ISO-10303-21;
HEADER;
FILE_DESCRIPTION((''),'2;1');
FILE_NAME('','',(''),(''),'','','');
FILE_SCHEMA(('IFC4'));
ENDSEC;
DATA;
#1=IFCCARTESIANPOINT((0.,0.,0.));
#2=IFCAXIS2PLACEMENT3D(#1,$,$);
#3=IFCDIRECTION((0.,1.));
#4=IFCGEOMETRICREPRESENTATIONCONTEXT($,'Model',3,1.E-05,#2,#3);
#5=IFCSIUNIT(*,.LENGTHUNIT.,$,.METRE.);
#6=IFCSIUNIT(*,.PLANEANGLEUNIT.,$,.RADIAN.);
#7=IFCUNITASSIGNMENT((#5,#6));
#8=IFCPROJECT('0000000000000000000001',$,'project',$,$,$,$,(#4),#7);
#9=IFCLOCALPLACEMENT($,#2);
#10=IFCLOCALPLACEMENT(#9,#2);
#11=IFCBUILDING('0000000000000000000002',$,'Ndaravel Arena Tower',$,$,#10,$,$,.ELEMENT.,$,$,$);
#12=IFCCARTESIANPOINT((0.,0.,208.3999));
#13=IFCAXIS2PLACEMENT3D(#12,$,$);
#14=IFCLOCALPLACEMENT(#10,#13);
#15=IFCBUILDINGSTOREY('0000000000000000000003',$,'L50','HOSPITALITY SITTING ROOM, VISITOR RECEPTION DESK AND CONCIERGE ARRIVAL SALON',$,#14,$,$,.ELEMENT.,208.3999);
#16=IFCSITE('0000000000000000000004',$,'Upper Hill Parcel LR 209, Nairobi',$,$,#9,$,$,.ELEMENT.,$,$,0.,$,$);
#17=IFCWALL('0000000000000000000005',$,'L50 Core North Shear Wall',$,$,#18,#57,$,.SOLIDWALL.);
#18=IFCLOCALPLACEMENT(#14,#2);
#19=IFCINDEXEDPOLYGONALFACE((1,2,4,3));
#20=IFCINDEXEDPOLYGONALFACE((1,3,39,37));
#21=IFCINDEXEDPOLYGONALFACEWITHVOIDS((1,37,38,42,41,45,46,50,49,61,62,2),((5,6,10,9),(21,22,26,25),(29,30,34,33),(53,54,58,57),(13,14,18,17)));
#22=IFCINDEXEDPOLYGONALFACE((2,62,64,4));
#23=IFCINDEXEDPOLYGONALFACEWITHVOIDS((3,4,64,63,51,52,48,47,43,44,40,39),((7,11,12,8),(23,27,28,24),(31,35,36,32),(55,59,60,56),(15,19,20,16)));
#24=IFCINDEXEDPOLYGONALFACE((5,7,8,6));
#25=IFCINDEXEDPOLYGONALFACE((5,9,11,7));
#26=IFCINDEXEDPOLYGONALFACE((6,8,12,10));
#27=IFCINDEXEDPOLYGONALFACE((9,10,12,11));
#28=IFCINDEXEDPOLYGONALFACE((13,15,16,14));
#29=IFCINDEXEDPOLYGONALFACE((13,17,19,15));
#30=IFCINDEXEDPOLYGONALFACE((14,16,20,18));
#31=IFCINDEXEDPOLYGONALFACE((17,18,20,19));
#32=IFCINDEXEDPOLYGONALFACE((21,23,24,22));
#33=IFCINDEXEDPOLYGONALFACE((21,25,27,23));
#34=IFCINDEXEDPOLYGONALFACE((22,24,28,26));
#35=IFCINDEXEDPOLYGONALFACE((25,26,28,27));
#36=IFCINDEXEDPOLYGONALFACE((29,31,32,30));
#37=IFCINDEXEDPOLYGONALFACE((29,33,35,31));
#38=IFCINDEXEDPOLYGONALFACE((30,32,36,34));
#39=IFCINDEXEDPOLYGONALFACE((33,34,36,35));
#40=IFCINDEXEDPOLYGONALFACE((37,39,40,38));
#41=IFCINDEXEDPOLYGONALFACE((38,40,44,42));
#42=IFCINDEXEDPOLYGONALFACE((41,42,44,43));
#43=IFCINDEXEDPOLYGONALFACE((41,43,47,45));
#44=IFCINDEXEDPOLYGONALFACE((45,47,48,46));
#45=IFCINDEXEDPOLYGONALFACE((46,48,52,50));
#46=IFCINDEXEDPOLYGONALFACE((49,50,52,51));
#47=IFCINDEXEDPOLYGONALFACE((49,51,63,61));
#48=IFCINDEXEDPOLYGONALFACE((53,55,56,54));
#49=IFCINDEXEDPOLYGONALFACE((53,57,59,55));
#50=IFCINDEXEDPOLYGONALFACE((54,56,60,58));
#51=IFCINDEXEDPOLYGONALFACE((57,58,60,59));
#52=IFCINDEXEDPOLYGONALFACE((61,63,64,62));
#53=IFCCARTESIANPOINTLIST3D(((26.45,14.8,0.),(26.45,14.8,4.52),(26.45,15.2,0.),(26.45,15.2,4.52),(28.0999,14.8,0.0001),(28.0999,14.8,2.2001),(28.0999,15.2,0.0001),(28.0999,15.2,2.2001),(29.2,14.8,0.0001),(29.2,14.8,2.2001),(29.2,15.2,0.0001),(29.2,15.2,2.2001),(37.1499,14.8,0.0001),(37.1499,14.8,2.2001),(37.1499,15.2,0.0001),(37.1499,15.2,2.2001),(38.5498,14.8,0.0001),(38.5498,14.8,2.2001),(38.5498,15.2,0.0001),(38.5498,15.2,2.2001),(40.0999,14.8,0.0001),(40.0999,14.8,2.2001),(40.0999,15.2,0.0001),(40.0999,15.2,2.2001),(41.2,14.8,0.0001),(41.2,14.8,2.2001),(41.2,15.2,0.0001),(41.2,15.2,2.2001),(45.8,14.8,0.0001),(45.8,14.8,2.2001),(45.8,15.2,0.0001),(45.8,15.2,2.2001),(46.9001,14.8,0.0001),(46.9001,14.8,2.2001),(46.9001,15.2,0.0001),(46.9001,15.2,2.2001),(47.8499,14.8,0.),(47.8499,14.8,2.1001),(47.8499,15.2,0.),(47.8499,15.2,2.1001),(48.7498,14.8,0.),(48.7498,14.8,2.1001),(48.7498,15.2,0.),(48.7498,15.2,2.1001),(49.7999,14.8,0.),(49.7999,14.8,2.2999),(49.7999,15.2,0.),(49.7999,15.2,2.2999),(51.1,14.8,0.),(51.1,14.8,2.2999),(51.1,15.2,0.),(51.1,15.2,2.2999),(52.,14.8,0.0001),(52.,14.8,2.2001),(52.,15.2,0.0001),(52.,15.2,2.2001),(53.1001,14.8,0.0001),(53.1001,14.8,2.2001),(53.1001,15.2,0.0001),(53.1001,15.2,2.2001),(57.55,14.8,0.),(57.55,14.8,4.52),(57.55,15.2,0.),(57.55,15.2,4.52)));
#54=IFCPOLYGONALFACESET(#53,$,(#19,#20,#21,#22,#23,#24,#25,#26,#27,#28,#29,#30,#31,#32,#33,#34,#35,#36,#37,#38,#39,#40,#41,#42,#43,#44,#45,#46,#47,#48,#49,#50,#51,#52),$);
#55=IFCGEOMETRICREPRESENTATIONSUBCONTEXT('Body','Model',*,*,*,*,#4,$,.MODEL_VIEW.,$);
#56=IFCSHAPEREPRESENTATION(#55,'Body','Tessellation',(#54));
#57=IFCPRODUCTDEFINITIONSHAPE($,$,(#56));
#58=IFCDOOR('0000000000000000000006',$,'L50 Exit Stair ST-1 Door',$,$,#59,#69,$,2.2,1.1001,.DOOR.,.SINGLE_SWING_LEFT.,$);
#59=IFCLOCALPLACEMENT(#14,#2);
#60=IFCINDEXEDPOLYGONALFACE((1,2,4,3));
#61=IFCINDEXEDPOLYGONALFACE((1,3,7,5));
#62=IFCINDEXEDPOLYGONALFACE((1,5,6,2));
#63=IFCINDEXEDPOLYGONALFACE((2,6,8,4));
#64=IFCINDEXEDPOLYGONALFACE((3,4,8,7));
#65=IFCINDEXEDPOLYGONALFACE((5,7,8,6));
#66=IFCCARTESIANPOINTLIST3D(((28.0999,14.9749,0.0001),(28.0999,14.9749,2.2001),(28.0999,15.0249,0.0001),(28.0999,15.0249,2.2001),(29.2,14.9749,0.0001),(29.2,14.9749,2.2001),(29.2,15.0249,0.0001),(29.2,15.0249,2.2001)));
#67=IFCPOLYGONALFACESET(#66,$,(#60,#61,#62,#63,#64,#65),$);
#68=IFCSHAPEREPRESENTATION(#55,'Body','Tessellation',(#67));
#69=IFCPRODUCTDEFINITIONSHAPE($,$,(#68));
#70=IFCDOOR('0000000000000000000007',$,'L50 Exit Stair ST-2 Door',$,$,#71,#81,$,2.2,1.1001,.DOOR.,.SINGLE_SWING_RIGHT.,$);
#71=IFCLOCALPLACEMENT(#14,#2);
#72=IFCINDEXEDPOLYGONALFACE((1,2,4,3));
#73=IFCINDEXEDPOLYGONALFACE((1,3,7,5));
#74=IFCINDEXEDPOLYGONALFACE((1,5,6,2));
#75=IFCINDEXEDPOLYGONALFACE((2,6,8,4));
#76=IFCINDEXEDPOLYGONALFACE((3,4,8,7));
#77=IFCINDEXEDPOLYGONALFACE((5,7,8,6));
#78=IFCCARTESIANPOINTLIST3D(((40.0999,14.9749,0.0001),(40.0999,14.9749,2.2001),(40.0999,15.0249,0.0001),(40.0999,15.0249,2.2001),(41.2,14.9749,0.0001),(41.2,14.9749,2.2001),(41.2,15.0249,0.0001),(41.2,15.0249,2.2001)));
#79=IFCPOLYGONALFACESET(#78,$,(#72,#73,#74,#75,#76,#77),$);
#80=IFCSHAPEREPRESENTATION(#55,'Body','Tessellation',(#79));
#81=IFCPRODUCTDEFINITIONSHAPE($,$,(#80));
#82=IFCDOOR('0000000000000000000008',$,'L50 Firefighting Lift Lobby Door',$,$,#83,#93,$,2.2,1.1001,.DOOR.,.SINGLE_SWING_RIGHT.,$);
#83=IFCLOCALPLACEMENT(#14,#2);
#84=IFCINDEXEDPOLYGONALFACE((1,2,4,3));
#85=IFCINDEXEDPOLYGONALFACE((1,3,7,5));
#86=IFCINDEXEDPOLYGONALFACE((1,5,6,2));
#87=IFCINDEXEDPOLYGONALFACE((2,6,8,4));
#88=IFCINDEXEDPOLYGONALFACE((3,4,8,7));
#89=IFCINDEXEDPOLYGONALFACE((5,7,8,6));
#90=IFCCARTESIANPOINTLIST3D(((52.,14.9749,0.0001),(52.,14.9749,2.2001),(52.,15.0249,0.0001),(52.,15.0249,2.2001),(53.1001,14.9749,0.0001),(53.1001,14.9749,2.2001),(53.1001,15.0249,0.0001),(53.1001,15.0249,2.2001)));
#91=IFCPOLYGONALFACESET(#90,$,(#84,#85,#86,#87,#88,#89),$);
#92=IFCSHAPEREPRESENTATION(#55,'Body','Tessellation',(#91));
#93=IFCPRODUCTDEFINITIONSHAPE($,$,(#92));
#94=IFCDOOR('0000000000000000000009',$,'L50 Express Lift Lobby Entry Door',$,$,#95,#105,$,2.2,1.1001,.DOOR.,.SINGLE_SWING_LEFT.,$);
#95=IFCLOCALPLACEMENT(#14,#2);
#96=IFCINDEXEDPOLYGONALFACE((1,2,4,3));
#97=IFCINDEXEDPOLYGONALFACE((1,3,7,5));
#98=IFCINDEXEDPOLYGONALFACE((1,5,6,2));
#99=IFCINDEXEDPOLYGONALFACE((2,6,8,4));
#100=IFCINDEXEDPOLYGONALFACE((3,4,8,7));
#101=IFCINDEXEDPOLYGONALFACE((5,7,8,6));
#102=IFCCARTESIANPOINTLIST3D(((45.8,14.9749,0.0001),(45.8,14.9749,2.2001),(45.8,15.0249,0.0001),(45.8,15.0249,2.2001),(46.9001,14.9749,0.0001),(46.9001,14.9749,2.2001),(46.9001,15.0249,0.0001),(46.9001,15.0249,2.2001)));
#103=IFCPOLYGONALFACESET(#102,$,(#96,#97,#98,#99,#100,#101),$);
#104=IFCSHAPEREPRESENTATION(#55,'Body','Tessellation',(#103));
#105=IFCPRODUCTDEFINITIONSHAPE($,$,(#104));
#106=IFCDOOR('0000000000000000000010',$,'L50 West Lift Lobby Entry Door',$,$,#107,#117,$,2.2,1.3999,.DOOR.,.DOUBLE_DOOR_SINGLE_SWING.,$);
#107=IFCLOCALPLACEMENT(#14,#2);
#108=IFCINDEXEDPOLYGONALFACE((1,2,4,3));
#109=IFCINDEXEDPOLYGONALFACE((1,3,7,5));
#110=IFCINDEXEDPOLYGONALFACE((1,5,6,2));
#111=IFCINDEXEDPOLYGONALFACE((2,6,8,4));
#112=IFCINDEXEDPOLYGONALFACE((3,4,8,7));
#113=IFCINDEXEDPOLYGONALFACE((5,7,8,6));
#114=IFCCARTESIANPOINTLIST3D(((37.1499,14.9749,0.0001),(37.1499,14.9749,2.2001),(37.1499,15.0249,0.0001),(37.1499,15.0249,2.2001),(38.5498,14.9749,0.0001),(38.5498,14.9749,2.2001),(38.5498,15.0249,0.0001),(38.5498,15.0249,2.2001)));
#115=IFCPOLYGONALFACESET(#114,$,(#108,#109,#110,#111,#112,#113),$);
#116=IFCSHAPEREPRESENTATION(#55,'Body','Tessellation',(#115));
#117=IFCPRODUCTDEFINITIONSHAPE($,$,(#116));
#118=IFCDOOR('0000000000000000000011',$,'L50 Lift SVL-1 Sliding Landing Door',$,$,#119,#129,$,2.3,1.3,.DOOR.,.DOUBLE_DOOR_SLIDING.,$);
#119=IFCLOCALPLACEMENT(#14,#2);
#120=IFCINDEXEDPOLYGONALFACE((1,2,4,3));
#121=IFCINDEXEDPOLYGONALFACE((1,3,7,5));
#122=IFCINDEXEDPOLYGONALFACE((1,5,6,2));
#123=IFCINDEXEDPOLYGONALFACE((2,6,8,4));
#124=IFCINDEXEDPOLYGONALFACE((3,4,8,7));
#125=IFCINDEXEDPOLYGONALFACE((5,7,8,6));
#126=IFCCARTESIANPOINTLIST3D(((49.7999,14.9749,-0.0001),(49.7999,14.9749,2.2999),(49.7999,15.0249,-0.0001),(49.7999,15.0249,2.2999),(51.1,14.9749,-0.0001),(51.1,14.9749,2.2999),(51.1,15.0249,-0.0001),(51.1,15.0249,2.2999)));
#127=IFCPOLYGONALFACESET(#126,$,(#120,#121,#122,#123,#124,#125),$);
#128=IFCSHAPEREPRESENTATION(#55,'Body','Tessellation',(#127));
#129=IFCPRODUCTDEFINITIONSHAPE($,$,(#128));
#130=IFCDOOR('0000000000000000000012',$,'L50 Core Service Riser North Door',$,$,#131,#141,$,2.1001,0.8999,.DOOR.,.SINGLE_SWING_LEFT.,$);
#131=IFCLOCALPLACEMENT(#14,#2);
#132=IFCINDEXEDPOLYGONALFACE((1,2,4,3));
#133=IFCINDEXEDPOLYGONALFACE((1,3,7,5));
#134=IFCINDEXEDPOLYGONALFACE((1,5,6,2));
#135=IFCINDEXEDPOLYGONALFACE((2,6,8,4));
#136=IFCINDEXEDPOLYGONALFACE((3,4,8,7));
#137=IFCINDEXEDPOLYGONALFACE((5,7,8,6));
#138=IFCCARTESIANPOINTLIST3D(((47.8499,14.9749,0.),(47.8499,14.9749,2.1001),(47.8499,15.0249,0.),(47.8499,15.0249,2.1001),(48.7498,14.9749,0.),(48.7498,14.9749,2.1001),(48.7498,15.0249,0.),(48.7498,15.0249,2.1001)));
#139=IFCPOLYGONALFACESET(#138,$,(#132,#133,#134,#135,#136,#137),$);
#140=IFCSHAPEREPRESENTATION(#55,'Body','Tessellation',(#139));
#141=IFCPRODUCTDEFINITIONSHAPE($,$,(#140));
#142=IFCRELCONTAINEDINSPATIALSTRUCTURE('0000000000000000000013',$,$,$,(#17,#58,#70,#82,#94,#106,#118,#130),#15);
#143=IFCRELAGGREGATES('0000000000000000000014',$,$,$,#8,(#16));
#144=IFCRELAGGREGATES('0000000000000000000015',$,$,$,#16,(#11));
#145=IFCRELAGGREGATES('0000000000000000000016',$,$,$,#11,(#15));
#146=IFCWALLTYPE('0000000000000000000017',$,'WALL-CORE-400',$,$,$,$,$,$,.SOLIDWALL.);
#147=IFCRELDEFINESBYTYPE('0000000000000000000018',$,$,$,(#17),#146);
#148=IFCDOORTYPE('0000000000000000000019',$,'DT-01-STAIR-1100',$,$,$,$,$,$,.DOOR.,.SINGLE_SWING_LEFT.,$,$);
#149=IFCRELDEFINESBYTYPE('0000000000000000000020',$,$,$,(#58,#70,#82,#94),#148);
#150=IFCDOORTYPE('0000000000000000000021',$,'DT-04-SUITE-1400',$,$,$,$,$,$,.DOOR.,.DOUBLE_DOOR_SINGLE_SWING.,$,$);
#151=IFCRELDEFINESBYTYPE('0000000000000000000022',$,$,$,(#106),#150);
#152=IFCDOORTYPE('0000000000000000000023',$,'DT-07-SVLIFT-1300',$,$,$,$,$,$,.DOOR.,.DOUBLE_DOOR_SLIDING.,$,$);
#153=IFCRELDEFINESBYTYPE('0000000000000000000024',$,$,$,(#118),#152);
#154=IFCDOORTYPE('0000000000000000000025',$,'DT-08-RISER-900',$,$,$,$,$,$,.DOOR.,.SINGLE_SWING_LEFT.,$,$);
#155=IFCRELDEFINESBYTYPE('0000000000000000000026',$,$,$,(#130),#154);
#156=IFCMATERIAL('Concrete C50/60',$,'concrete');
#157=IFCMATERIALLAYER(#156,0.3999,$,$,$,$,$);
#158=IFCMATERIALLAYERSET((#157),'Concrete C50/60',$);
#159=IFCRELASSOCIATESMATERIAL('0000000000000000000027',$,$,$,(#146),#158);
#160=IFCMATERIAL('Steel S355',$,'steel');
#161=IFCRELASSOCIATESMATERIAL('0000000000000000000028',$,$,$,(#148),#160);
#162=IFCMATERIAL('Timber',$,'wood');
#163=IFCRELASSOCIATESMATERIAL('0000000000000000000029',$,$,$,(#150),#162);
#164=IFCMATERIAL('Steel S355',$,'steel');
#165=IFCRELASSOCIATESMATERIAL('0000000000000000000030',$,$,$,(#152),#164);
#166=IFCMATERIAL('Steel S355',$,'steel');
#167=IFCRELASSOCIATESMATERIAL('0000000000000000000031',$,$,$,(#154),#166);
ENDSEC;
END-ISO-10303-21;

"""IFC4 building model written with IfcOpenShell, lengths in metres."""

from ifc_helpers import new_model, si_unit, direction, frame, frame_2d, origin, place, context, subcontext, project, spatial, rectangle, extrude, material, layer, layer_set, type_object, element, fill, save


model = new_model("IFC4")

# Units and contexts
model_context = context("Model", 3, precision=1e-05, world=origin(), true_north=direction((0.0, 1.0)))
body_context = subcontext(model_context, "Body", "Model", "MODEL_VIEW")
ifc_project = project(units=[si_unit("LENGTHUNIT", "METRE"), si_unit("PLANEANGLEUNIT", "RADIAN")], contexts=[model_context])

# Site, building, storey
site_placement = place(None, origin())
site = spatial("IfcSite", under=ifc_project, at=site_placement, Name="Upper Hill Parcel LR 209, Nairobi", CompositionType="ELEMENT", RefElevation=0.0)
building_placement = place(site_placement, origin())
building = spatial("IfcBuilding", under=site, at=building_placement, Name="Ndaravel Arena Tower", CompositionType="ELEMENT")
storey_placement = place(building_placement, frame((0.0, 0.0, 208.3999)))
storey = spatial("IfcBuildingStorey", under=building, at=storey_placement, Name="L50", Description="HOSPITALITY SITTING ROOM, VISITOR RECEPTION DESK AND CONCIERGE ARRIVAL SALON", CompositionType="ELEMENT", Elevation=208.3999)

# Wall, openings, doors
ifc_material_1 = material(Name="Concrete C50/60", Category="concrete")
ifc_layer_1 = layer(ifc_material_1, 0.3999)
ifc_layer_set_1 = layer_set([ifc_layer_1], Name="Concrete C50/60")
wall_type_1 = type_object("IfcWallType", Name="WALL-CORE-400", PredefinedType="SOLIDWALL", material=ifc_layer_set_1)
wall_1_placement = place(storey_placement, frame((26.45, 15.0, 0.0), z_axis=(0.0, 0.0, 1.0), x_axis=(1.0, 0.0, 0.0)))
wall_1 = element("IfcWall", 1, at=wall_1_placement, inside=storey, type_object=wall_type_1, Name="L50 Core North Shear Wall", PredefinedType="SOLIDWALL", context=body_context, shape_type="SweptSolid", body=[
    extrude(rectangle(XDim=31.1001, YDim=0.3999, at=frame_2d((15.55, 0.0))), origin(), (0.0, 0.0, 1.0), 4.52),
])
opening_1_placement = place(wall_1_placement, frame((1.6499, 0.0, 0.0)))
opening_1 = element("IfcOpeningElement", 2, at=opening_1_placement, cuts=wall_1, PredefinedType="OPENING", context=body_context, shape_type="SweptSolid", body=[
    extrude(rectangle(XDim=1.1001, YDim=2.2, at=frame_2d((0.55, 1.1001))), frame((0.0, 0.2, 0.0), z_axis=(0.0, -1.0, 0.0), x_axis=(1.0, 0.0, 0.0)), (0.0, 0.0, 1.0), 0.3999),
])
opening_2_placement = place(wall_1_placement, frame((13.6499, 0.0, 0.0)))
opening_2 = element("IfcOpeningElement", 3, at=opening_2_placement, cuts=wall_1, PredefinedType="OPENING", context=body_context, shape_type="SweptSolid", body=[
    extrude(rectangle(XDim=1.1001, YDim=2.2, at=frame_2d((0.55, 1.1001))), frame((0.0, 0.2, 0.0), z_axis=(0.0, -1.0, 0.0), x_axis=(1.0, 0.0, 0.0)), (0.0, 0.0, 1.0), 0.3999),
])
opening_3_placement = place(wall_1_placement, frame((25.55, 0.0, 0.0)))
opening_3 = element("IfcOpeningElement", 4, at=opening_3_placement, cuts=wall_1, PredefinedType="OPENING", context=body_context, shape_type="SweptSolid", body=[
    extrude(rectangle(XDim=1.1001, YDim=2.2, at=frame_2d((0.55, 1.1001))), frame((0.0, 0.2, 0.0), z_axis=(0.0, -1.0, 0.0), x_axis=(1.0, 0.0, 0.0)), (0.0, 0.0, 1.0), 0.3999),
])
opening_4_placement = place(wall_1_placement, frame((10.7, 0.0, 0.0)))
opening_4 = element("IfcOpeningElement", 5, at=opening_4_placement, cuts=wall_1, PredefinedType="OPENING", context=body_context, shape_type="SweptSolid", body=[
    extrude(rectangle(XDim=1.3999, YDim=2.2, at=frame_2d((0.7, 1.1001))), frame((0.0, 0.2, 0.0), z_axis=(0.0, -1.0, 0.0), x_axis=(1.0, 0.0, 0.0)), (0.0, 0.0, 1.0), 0.3999),
])
opening_5_placement = place(wall_1_placement, frame((19.3501, 0.0, 0.0)))
opening_5 = element("IfcOpeningElement", 6, at=opening_5_placement, cuts=wall_1, PredefinedType="OPENING", context=body_context, shape_type="SweptSolid", body=[
    extrude(rectangle(XDim=1.1001, YDim=2.2, at=frame_2d((0.55, 1.1001))), frame((0.0, 0.2, 0.0), z_axis=(0.0, -1.0, 0.0), x_axis=(1.0, 0.0, 0.0)), (0.0, 0.0, 1.0), 0.3999),
])
opening_6_placement = place(wall_1_placement, frame((21.3999, 0.0, 0.0)))
opening_6 = element("IfcOpeningElement", 7, at=opening_6_placement, cuts=wall_1, PredefinedType="OPENING", context=body_context, shape_type="SweptSolid", body=[
    extrude(rectangle(XDim=0.8999, YDim=2.1001, at=frame_2d((0.45, 1.05))), frame((0.0, 0.2, 0.0), z_axis=(0.0, -1.0, 0.0), x_axis=(1.0, 0.0, 0.0)), (0.0, 0.0, 1.0), 0.3999),
])
opening_7_placement = place(wall_1_placement, frame((23.3501, 0.0, 0.0)))
opening_7 = element("IfcOpeningElement", 8, at=opening_7_placement, cuts=wall_1, PredefinedType="OPENING", context=body_context, shape_type="SweptSolid", body=[
    extrude(rectangle(XDim=1.3, YDim=2.3, at=frame_2d((0.6499, 1.1499))), frame((0.0, 0.2, 0.0), z_axis=(0.0, -1.0, 0.0), x_axis=(1.0, 0.0, 0.0)), (0.0, 0.0, 1.0), 0.3999),
])
ifc_material_2 = material(Name="Steel S355", Category="steel")
door_type_1 = type_object("IfcDoorType", Name="DT-01-STAIR-1100", OperationType="SINGLE_SWING_LEFT", PredefinedType="DOOR", material=ifc_material_2)
door_1_placement = place(opening_1_placement, origin())
door_1 = element("IfcDoor", 9, at=door_1_placement, inside=storey, type_object=door_type_1, Name="L50 Exit Stair ST-1 Door", OperationType="SINGLE_SWING_LEFT", OverallHeight=2.2, OverallWidth=1.1001, PredefinedType="DOOR", context=body_context, shape_type="SweptSolid", body=[
    extrude(rectangle(XDim=1.1001, YDim=2.2, at=frame_2d((0.55, 1.1001))), frame((0.0, 0.0249, 0.0), z_axis=(0.0, -1.0, 0.0), x_axis=(1.0, 0.0, 0.0)), (0.0, 0.0, 1.0), 0.05),
])
fill(opening_1, door_1)
door_2_placement = place(opening_2_placement, origin())
door_2 = element("IfcDoor", 10, at=door_2_placement, inside=storey, type_object=door_type_1, Name="L50 Exit Stair ST-2 Door", OperationType="SINGLE_SWING_RIGHT", OverallHeight=2.2, OverallWidth=1.1001, PredefinedType="DOOR", context=body_context, shape_type="SweptSolid", body=[
    extrude(rectangle(XDim=1.1001, YDim=2.2, at=frame_2d((0.55, 1.1001))), frame((0.0, 0.0249, 0.0), z_axis=(0.0, -1.0, 0.0), x_axis=(1.0, 0.0, 0.0)), (0.0, 0.0, 1.0), 0.05),
])
fill(opening_2, door_2)
door_3_placement = place(opening_3_placement, origin())
door_3 = element("IfcDoor", 11, at=door_3_placement, inside=storey, type_object=door_type_1, Name="L50 Firefighting Lift Lobby Door", OperationType="SINGLE_SWING_RIGHT", OverallHeight=2.2, OverallWidth=1.1001, PredefinedType="DOOR", context=body_context, shape_type="SweptSolid", body=[
    extrude(rectangle(XDim=1.1001, YDim=2.2, at=frame_2d((0.55, 1.1001))), frame((0.0, 0.0249, 0.0), z_axis=(0.0, -1.0, 0.0), x_axis=(1.0, 0.0, 0.0)), (0.0, 0.0, 1.0), 0.05),
])
fill(opening_3, door_3)
door_4_placement = place(opening_5_placement, origin())
door_4 = element("IfcDoor", 12, at=door_4_placement, inside=storey, type_object=door_type_1, Name="L50 Express Lift Lobby Entry Door", OperationType="SINGLE_SWING_LEFT", OverallHeight=2.2, OverallWidth=1.1001, PredefinedType="DOOR", context=body_context, shape_type="SweptSolid", body=[
    extrude(rectangle(XDim=1.1001, YDim=2.2, at=frame_2d((0.55, 1.1001))), frame((0.0, 0.0249, 0.0), z_axis=(0.0, -1.0, 0.0), x_axis=(1.0, 0.0, 0.0)), (0.0, 0.0, 1.0), 0.05),
])
fill(opening_5, door_4)
ifc_material_3 = material(Name="Timber", Category="wood")
door_type_2 = type_object("IfcDoorType", Name="DT-04-SUITE-1400", OperationType="DOUBLE_DOOR_SINGLE_SWING", PredefinedType="DOOR", material=ifc_material_3)
door_5_placement = place(opening_4_placement, origin())
door_5 = element("IfcDoor", 13, at=door_5_placement, inside=storey, type_object=door_type_2, Name="L50 West Lift Lobby Entry Door", OperationType="DOUBLE_DOOR_SINGLE_SWING", OverallHeight=2.2, OverallWidth=1.3999, PredefinedType="DOOR", context=body_context, shape_type="SweptSolid", body=[
    extrude(rectangle(XDim=1.3999, YDim=2.2, at=frame_2d((0.7, 1.1001))), frame((0.0, 0.0249, 0.0), z_axis=(0.0, -1.0, 0.0), x_axis=(1.0, 0.0, 0.0)), (0.0, 0.0, 1.0), 0.05),
])
fill(opening_4, door_5)
ifc_material_4 = material(Name="Steel S355", Category="steel")
door_type_3 = type_object("IfcDoorType", Name="DT-07-SVLIFT-1300", OperationType="DOUBLE_DOOR_SLIDING", PredefinedType="DOOR", material=ifc_material_4)
door_6_placement = place(opening_7_placement, origin())
door_6 = element("IfcDoor", 14, at=door_6_placement, inside=storey, type_object=door_type_3, Name="L50 Lift SVL-1 Sliding Landing Door", OperationType="DOUBLE_DOOR_SLIDING", OverallHeight=2.3, OverallWidth=1.3, PredefinedType="DOOR", context=body_context, shape_type="SweptSolid", body=[
    extrude(rectangle(XDim=1.3, YDim=2.3, at=frame_2d((0.6499, 1.1499))), frame((0.0, 0.0249, 0.0), z_axis=(0.0, -1.0, 0.0), x_axis=(1.0, 0.0, 0.0)), (0.0, 0.0, 1.0), 0.05),
])
fill(opening_7, door_6)
ifc_material_5 = material(Name="Steel S355", Category="steel")
door_type_4 = type_object("IfcDoorType", Name="DT-08-RISER-900", OperationType="SINGLE_SWING_LEFT", PredefinedType="DOOR", material=ifc_material_5)
door_7_placement = place(opening_6_placement, origin())
door_7 = element("IfcDoor", 15, at=door_7_placement, inside=storey, type_object=door_type_4, Name="L50 Core Service Riser North Door", OperationType="SINGLE_SWING_LEFT", OverallHeight=2.1001, OverallWidth=0.8999, PredefinedType="DOOR", context=body_context, shape_type="SweptSolid", body=[
    extrude(rectangle(XDim=0.8999, YDim=2.1001, at=frame_2d((0.45, 1.05))), frame((0.0, 0.0249, 0.0), z_axis=(0.0, -1.0, 0.0), x_axis=(1.0, 0.0, 0.0)), (0.0, 0.0, 1.0), 0.05),
])
fill(opening_6, door_7)

save(model, "model.ifc")
